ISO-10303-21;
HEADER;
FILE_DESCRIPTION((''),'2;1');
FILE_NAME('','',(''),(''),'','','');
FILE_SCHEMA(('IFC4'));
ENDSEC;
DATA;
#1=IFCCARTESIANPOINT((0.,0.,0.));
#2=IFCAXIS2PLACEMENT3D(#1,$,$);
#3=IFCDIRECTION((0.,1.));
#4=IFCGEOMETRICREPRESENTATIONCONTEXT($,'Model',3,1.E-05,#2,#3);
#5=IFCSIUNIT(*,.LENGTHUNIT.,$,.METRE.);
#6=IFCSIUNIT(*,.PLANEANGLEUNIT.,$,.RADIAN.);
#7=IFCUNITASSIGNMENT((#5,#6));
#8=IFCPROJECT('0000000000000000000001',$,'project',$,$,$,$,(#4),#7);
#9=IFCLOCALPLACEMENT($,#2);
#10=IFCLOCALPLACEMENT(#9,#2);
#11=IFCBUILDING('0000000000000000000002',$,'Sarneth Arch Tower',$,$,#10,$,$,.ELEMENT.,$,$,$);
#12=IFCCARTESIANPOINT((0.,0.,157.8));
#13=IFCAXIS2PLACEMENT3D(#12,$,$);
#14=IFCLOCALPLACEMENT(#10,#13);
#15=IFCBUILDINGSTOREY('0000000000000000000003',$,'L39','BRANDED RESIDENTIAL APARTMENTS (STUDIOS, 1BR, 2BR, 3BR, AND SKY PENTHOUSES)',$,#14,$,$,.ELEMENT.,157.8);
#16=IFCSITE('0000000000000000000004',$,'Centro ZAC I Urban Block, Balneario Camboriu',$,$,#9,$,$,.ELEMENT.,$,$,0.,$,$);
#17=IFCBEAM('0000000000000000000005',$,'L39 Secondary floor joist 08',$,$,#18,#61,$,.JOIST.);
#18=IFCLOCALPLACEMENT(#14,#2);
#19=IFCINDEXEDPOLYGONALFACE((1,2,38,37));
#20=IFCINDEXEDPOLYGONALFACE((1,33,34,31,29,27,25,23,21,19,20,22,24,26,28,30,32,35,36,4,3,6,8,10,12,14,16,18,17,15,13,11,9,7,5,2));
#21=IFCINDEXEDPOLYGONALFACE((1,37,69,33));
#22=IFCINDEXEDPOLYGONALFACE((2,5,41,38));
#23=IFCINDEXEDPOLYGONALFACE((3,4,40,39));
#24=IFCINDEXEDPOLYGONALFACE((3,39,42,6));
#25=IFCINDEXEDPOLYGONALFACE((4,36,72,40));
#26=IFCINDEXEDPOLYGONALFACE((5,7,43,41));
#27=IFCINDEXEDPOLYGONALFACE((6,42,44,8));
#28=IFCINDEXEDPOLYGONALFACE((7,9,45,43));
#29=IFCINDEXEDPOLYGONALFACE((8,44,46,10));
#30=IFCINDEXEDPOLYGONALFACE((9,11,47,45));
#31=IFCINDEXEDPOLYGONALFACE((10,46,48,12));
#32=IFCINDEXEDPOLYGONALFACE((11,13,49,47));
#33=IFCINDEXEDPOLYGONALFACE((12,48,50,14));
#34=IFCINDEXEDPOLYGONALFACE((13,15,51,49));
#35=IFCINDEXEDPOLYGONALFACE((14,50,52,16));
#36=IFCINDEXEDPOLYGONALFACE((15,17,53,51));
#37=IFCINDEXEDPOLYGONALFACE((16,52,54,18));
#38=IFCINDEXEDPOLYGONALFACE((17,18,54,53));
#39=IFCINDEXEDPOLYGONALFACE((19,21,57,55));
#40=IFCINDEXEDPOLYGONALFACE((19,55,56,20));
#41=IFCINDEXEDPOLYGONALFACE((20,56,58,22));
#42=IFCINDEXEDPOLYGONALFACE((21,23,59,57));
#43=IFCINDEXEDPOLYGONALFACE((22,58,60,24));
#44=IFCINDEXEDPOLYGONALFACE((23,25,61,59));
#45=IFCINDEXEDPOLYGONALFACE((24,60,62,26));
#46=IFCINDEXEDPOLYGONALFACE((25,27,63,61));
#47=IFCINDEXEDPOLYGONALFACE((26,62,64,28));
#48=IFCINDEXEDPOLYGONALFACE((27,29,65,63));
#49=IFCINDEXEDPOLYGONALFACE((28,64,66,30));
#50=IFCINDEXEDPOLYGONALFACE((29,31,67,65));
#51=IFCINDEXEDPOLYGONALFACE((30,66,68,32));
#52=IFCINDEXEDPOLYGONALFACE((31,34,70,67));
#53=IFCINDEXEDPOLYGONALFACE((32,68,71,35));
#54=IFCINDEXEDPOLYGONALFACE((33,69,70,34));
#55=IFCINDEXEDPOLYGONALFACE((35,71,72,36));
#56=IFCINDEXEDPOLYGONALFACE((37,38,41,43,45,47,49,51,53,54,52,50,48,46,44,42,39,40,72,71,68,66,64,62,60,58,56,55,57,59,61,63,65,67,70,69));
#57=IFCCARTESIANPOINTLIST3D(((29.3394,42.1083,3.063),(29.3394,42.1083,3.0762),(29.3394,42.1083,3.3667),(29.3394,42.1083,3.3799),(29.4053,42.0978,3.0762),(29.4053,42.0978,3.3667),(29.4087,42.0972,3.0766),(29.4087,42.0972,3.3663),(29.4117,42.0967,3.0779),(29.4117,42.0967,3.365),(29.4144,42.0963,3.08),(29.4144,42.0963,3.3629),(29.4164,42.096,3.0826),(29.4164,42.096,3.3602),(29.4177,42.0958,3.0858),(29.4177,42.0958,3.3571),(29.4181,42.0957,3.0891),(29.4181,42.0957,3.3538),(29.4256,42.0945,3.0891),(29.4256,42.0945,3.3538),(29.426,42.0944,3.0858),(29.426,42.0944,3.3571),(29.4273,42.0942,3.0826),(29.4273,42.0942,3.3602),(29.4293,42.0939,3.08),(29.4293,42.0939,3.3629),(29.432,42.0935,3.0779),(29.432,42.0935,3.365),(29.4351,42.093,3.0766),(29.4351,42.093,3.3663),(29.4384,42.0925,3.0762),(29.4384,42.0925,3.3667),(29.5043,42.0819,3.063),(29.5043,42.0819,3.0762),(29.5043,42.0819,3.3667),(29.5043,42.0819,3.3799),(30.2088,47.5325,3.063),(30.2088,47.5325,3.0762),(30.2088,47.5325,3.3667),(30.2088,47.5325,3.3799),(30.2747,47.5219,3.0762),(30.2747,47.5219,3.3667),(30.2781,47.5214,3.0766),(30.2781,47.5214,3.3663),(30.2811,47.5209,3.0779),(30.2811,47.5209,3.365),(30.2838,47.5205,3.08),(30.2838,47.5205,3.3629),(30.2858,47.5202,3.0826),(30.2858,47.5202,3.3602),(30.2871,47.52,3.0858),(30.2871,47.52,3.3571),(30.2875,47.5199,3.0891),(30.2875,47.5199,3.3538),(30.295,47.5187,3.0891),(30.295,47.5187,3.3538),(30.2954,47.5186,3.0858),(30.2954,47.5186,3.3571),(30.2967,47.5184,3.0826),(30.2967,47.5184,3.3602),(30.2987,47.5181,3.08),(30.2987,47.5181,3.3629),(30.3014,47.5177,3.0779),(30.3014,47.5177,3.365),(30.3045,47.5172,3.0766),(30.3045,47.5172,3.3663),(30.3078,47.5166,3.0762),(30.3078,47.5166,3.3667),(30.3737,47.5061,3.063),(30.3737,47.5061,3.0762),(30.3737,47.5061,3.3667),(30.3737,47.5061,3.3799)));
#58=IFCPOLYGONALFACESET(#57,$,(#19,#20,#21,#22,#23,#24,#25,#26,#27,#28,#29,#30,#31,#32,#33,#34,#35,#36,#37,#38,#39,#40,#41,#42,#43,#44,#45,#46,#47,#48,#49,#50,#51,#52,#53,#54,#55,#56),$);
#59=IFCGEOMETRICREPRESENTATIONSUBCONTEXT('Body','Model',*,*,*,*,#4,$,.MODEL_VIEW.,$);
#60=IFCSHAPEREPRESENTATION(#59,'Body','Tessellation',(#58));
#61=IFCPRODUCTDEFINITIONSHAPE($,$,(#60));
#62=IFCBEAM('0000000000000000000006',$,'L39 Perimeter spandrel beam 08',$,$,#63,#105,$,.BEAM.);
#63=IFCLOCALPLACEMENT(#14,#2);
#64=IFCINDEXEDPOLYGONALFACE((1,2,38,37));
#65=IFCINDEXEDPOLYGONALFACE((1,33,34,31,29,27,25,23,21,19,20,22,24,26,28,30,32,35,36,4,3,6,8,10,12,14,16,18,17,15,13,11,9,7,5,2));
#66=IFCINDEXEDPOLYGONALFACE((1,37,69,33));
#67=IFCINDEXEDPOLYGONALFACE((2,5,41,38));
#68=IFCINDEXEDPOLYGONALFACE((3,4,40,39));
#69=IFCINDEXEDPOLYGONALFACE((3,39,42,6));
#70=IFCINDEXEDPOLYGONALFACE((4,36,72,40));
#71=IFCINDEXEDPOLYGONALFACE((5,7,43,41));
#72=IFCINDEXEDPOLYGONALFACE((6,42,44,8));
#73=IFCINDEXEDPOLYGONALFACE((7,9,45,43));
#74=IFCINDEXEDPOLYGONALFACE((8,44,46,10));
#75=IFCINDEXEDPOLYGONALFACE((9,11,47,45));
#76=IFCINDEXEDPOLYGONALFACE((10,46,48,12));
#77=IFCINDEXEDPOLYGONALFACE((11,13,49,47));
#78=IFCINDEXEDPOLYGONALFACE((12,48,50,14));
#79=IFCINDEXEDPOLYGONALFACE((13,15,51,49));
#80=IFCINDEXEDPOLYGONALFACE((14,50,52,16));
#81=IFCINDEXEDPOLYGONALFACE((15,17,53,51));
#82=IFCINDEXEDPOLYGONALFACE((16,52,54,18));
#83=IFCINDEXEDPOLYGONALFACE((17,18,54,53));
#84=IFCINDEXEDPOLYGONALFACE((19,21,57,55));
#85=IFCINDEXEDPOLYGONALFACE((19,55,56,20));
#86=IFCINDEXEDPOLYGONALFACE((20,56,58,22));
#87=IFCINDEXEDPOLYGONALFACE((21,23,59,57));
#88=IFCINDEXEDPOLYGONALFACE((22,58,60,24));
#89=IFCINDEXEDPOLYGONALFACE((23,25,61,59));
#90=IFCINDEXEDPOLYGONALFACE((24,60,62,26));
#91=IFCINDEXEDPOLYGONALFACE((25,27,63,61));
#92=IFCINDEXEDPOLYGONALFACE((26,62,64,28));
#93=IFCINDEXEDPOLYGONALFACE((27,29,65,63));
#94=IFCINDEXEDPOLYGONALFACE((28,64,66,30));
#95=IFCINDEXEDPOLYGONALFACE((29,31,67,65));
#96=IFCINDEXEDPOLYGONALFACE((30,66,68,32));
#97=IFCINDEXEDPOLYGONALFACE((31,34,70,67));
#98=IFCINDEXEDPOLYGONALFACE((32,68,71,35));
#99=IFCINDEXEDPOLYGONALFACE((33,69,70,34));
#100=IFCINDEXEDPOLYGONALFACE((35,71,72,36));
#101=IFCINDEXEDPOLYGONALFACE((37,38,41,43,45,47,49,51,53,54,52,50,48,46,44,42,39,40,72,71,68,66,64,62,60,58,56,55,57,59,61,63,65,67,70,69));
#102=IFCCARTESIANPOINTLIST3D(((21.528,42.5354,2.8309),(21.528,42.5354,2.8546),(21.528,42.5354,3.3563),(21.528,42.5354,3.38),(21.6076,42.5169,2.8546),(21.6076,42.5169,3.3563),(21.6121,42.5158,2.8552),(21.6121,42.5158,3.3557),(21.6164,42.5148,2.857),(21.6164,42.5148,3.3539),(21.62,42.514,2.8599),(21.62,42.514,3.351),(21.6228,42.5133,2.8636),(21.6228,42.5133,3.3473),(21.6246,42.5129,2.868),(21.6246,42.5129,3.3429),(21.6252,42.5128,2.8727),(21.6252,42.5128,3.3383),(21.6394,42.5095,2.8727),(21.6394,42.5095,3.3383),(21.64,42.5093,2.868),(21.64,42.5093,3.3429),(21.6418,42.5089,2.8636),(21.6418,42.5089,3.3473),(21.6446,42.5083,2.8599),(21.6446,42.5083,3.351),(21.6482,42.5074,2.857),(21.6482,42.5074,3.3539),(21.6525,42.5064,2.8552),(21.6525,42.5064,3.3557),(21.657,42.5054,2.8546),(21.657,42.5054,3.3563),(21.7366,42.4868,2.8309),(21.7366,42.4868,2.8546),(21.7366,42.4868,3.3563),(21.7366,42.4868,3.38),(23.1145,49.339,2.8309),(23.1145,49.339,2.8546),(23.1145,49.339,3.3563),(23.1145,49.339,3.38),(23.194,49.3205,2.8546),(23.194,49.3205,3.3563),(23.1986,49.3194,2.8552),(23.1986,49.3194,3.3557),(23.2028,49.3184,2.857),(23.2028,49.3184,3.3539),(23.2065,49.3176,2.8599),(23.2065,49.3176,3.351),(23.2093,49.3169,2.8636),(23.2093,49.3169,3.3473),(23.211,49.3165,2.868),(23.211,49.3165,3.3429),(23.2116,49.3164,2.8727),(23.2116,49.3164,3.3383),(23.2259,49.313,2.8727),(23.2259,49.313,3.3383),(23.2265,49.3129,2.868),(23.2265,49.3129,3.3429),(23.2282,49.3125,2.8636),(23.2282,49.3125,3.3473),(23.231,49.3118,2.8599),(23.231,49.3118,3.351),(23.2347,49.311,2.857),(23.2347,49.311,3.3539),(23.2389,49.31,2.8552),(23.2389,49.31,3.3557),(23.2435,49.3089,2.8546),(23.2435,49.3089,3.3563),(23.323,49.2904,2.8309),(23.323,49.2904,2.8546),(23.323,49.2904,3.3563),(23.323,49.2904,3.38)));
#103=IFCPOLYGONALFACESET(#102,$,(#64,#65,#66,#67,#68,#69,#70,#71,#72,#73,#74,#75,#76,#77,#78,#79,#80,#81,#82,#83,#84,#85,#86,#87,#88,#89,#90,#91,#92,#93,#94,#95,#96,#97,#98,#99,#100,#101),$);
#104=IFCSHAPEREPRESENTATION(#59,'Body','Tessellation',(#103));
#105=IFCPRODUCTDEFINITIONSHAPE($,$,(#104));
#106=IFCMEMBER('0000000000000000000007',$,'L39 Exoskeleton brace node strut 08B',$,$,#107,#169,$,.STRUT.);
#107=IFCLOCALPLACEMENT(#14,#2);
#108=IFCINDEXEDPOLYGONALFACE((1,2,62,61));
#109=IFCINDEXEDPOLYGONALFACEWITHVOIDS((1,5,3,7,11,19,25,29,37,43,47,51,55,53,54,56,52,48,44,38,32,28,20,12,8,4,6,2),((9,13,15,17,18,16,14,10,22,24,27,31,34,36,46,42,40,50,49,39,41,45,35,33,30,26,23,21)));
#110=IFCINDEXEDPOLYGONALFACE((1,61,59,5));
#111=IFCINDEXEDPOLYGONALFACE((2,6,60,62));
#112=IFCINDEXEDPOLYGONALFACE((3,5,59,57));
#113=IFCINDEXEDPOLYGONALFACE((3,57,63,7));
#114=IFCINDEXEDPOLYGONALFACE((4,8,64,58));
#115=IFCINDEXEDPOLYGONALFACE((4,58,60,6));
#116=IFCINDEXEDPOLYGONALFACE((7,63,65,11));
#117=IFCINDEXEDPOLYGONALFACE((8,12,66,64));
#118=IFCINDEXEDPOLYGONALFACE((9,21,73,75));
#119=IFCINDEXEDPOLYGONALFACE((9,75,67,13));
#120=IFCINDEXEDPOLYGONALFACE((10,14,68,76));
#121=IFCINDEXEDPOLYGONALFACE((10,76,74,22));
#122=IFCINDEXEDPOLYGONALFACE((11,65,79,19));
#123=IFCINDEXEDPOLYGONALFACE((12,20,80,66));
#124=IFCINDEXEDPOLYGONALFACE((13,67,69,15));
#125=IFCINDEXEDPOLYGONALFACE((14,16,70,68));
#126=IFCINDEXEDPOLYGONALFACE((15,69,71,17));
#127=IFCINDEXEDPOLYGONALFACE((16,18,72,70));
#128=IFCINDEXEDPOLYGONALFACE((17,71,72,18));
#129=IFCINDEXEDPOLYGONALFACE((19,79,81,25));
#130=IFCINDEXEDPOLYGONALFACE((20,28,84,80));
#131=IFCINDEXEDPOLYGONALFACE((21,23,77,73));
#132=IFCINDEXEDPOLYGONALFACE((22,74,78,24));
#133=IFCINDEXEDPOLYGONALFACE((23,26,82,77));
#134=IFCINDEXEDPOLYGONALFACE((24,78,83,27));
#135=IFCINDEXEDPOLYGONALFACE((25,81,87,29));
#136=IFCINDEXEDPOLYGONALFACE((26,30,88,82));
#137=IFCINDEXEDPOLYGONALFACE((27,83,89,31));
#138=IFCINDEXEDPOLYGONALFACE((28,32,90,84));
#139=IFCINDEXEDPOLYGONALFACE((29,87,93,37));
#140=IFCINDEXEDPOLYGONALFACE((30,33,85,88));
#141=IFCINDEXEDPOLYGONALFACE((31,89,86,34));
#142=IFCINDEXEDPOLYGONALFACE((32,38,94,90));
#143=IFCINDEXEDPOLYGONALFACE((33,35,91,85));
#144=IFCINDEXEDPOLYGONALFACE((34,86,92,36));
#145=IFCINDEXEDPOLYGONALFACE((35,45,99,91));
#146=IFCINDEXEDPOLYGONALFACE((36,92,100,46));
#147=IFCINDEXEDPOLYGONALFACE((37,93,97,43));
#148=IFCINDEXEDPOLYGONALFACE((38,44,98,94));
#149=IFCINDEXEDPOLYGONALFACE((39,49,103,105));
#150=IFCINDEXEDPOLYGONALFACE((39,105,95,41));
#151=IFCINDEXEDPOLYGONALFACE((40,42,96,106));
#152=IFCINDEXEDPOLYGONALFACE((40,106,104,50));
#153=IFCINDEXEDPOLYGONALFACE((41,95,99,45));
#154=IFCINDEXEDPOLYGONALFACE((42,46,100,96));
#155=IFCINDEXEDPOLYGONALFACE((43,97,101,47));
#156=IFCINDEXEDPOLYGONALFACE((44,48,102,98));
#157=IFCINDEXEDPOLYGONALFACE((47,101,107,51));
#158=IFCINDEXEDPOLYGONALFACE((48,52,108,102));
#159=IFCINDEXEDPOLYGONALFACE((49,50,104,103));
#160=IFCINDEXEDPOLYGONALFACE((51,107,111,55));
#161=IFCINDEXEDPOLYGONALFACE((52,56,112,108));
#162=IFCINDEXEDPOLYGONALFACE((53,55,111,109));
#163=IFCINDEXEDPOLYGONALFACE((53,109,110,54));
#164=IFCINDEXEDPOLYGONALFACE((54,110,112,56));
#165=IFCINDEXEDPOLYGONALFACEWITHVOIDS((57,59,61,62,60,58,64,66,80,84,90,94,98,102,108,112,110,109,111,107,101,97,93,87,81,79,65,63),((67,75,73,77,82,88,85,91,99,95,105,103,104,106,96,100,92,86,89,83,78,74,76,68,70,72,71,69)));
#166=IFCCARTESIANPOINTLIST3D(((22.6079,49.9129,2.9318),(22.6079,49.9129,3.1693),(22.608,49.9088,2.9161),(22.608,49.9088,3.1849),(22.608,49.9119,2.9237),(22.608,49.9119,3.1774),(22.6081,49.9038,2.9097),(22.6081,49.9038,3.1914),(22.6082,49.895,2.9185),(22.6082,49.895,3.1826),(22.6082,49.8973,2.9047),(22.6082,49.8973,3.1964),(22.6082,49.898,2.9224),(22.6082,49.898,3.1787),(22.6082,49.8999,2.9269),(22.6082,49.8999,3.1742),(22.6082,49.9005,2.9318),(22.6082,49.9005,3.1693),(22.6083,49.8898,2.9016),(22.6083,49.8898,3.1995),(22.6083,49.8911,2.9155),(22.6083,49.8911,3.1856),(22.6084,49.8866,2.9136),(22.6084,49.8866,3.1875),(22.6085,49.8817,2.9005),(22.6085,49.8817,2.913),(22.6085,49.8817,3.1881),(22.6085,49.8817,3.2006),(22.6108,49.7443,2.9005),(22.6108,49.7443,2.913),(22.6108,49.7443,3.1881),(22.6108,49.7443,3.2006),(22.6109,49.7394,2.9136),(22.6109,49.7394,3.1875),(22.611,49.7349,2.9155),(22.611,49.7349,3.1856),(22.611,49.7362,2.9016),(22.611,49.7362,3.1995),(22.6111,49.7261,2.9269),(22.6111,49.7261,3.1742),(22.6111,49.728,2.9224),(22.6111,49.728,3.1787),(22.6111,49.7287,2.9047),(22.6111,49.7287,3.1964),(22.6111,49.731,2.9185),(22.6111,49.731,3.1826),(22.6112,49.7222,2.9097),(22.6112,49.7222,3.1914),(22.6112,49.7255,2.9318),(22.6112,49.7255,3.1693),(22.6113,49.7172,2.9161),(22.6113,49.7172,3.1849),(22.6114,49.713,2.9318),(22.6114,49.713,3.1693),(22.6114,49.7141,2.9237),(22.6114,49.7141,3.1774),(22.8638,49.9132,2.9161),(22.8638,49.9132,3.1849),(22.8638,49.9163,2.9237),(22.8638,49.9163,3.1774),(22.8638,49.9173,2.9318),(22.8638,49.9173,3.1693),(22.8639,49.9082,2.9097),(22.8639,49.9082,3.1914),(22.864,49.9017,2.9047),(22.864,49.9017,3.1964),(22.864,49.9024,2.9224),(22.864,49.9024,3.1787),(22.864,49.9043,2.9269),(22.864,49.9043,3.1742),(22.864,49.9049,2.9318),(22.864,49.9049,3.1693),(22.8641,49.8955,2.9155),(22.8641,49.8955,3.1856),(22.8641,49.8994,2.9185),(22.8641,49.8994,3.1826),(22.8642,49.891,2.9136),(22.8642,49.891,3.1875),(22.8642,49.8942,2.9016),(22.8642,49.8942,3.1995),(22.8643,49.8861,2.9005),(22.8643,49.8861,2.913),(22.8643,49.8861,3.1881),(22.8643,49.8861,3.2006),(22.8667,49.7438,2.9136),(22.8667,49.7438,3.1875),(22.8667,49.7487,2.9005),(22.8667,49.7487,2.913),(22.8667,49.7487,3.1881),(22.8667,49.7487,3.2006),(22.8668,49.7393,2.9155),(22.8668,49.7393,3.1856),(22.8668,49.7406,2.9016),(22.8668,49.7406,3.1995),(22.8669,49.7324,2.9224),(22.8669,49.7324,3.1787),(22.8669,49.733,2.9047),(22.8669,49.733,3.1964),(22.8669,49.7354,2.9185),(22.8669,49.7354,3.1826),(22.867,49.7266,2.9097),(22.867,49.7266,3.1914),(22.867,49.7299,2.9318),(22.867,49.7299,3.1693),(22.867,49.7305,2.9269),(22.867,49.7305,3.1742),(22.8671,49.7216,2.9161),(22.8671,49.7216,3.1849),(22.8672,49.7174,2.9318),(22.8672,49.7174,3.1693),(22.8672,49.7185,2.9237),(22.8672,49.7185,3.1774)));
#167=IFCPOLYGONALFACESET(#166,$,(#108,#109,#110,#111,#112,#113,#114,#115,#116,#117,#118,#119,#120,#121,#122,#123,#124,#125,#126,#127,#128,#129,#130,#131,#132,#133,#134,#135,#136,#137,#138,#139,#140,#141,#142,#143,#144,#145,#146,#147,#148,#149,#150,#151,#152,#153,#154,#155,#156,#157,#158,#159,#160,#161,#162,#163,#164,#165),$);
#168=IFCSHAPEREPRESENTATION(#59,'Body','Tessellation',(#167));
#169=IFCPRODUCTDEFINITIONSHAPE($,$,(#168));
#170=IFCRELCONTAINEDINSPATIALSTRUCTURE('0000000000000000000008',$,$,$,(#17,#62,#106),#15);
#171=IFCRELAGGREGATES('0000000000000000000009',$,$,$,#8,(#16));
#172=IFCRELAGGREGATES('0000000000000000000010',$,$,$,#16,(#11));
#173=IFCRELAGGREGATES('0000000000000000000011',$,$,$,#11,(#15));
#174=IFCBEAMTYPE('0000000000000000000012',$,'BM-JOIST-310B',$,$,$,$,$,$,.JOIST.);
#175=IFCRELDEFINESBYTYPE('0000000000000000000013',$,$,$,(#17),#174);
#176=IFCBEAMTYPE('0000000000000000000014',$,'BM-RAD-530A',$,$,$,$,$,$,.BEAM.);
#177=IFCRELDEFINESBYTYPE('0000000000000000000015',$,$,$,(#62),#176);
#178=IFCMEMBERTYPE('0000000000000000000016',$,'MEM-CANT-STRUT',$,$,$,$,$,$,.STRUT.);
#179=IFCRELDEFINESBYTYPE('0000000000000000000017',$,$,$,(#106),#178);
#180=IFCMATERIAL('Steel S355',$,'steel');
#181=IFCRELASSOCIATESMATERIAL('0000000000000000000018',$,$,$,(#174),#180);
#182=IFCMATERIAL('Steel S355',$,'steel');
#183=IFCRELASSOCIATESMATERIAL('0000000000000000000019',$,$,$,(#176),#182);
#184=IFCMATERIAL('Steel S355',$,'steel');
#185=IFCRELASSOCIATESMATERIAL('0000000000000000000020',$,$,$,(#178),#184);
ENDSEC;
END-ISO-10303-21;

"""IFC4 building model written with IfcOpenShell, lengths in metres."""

from ifc_helpers import new_model, si_unit, direction, frame, origin, origin_2d, place, context, subcontext, project, spatial, hollow_rectangle, i_section, extrude, material, material_profile, profile_set, type_object, element, save


model = new_model("IFC4")

# Units and contexts
model_context = context("Model", 3, precision=1e-05, world=origin(), true_north=direction((0.0, 1.0)))
body_context = subcontext(model_context, "Body", "Model", "MODEL_VIEW")
ifc_project = project(units=[si_unit("LENGTHUNIT", "METRE"), si_unit("PLANEANGLEUNIT", "RADIAN")], contexts=[model_context])

# Site, building, storey
site_placement = place(None, origin())
site = spatial("IfcSite", under=ifc_project, at=site_placement, Name="Centro ZAC I Urban Block, Balneario Camboriu", CompositionType="ELEMENT", RefElevation=0.0)
building_placement = place(site_placement, origin())
building = spatial("IfcBuilding", under=site, at=building_placement, Name="Sarneth Arch Tower", CompositionType="ELEMENT")
storey_placement = place(building_placement, frame((0.0, 0.0, 157.8)))
storey = spatial("IfcBuildingStorey", under=building, at=storey_placement, Name="L39", Description="BRANDED RESIDENTIAL APARTMENTS (STUDIOS, 1BR, 2BR, 3BR, AND SKY PENTHOUSES)", CompositionType="ELEMENT", Elevation=157.8)

# Beams
ifc_material_1 = material(Name="Steel S355", Category="steel")
ifc_material_profile_1 = material_profile(ifc_material_1, i_section(OverallWidth=0.167, OverallDepth=0.3169, WebThickness=0.0076, FlangeThickness=0.0132, FilletRadius=0.0129, at=origin_2d()), Name="W310x52")
ifc_profile_set_1 = profile_set([ifc_material_profile_1], Name="Steel S355")
beam_type_1 = type_object("IfcBeamType", Name="BM-JOIST-310B", PredefinedType="JOIST", material=ifc_profile_set_1)
beam_1_placement = place(storey_placement, frame((30.2913, 47.5193, 3.2214), z_axis=(-0.158263, -0.987397, 0.0), x_axis=(0.987397, -0.158263, 0.0)))
element("IfcBeam", 1, at=beam_1_placement, inside=storey, type_object=beam_type_1, Name="L39 Secondary floor joist 08", PredefinedType="JOIST", context=body_context, shape_type="SweptSolid", body=[
    extrude(i_section(OverallWidth=0.167, OverallDepth=0.3169, WebThickness=0.0076, FlangeThickness=0.0132, FilletRadius=0.0129, at=origin_2d()), origin(), (0.0, 0.0, 1.0), 5.4934),
])
ifc_material_2 = material(Name="Steel S355", Category="steel")
ifc_material_profile_2 = material_profile(ifc_material_2, i_section(OverallWidth=0.2141, OverallDepth=0.5491, WebThickness=0.0146, FlangeThickness=0.0237, FilletRadius=0.0181, at=origin_2d()), Name="W530x138")
ifc_profile_set_2 = profile_set([ifc_material_profile_2], Name="Steel S355")
beam_type_2 = type_object("IfcBeamType", Name="BM-RAD-530A", PredefinedType="BEAM", material=ifc_profile_set_2)
beam_2_placement = place(storey_placement, frame((23.2188, 49.3147, 3.1055), z_axis=(-0.227087, -0.973874, 0.0), x_axis=(0.973874, -0.227087, 0.0)))
element("IfcBeam", 2, at=beam_2_placement, inside=storey, type_object=beam_type_2, Name="L39 Perimeter spandrel beam 08", PredefinedType="BEAM", context=body_context, shape_type="SweptSolid", body=[
    extrude(i_section(OverallWidth=0.2141, OverallDepth=0.5491, WebThickness=0.0146, FlangeThickness=0.0237, FilletRadius=0.0181, at=origin_2d()), origin(), (0.0, 0.0, 1.0), 6.9861),
])

# Member
ifc_material_3 = material(Name="Steel S355", Category="steel")
ifc_material_profile_3 = material_profile(ifc_material_3, hollow_rectangle(XDim=0.2, YDim=0.3, WallThickness=0.0125, InnerFilletRadius=0.0188, OuterFilletRadius=0.0312, at=origin_2d()), Name="RHS300x200x12.5")
ifc_profile_set_3 = profile_set([ifc_material_profile_3], Name="Steel S355")
member_type_1 = type_object("IfcMemberType", Name="MEM-CANT-STRUT", PredefinedType="STRUT", material=ifc_profile_set_3)
member_1_placement = place(storey_placement, frame((22.8655, 49.8174, 3.0505), z_axis=(-0.999853, -0.017173, 0.0), x_axis=(0.017173, -0.999853, 0.0)))
element("IfcMember", 3, at=member_1_placement, inside=storey, type_object=member_type_1, Name="L39 Exoskeleton brace node strut 08B", PredefinedType="STRUT", context=body_context, shape_type="SweptSolid", body=[
    extrude(hollow_rectangle(XDim=0.2, YDim=0.3, WallThickness=0.0125, InnerFilletRadius=0.0188, OuterFilletRadius=0.0312, at=origin_2d()), origin(), (0.0, 0.0, 1.0), 0.2559),
])

save(model, "model.ifc")
